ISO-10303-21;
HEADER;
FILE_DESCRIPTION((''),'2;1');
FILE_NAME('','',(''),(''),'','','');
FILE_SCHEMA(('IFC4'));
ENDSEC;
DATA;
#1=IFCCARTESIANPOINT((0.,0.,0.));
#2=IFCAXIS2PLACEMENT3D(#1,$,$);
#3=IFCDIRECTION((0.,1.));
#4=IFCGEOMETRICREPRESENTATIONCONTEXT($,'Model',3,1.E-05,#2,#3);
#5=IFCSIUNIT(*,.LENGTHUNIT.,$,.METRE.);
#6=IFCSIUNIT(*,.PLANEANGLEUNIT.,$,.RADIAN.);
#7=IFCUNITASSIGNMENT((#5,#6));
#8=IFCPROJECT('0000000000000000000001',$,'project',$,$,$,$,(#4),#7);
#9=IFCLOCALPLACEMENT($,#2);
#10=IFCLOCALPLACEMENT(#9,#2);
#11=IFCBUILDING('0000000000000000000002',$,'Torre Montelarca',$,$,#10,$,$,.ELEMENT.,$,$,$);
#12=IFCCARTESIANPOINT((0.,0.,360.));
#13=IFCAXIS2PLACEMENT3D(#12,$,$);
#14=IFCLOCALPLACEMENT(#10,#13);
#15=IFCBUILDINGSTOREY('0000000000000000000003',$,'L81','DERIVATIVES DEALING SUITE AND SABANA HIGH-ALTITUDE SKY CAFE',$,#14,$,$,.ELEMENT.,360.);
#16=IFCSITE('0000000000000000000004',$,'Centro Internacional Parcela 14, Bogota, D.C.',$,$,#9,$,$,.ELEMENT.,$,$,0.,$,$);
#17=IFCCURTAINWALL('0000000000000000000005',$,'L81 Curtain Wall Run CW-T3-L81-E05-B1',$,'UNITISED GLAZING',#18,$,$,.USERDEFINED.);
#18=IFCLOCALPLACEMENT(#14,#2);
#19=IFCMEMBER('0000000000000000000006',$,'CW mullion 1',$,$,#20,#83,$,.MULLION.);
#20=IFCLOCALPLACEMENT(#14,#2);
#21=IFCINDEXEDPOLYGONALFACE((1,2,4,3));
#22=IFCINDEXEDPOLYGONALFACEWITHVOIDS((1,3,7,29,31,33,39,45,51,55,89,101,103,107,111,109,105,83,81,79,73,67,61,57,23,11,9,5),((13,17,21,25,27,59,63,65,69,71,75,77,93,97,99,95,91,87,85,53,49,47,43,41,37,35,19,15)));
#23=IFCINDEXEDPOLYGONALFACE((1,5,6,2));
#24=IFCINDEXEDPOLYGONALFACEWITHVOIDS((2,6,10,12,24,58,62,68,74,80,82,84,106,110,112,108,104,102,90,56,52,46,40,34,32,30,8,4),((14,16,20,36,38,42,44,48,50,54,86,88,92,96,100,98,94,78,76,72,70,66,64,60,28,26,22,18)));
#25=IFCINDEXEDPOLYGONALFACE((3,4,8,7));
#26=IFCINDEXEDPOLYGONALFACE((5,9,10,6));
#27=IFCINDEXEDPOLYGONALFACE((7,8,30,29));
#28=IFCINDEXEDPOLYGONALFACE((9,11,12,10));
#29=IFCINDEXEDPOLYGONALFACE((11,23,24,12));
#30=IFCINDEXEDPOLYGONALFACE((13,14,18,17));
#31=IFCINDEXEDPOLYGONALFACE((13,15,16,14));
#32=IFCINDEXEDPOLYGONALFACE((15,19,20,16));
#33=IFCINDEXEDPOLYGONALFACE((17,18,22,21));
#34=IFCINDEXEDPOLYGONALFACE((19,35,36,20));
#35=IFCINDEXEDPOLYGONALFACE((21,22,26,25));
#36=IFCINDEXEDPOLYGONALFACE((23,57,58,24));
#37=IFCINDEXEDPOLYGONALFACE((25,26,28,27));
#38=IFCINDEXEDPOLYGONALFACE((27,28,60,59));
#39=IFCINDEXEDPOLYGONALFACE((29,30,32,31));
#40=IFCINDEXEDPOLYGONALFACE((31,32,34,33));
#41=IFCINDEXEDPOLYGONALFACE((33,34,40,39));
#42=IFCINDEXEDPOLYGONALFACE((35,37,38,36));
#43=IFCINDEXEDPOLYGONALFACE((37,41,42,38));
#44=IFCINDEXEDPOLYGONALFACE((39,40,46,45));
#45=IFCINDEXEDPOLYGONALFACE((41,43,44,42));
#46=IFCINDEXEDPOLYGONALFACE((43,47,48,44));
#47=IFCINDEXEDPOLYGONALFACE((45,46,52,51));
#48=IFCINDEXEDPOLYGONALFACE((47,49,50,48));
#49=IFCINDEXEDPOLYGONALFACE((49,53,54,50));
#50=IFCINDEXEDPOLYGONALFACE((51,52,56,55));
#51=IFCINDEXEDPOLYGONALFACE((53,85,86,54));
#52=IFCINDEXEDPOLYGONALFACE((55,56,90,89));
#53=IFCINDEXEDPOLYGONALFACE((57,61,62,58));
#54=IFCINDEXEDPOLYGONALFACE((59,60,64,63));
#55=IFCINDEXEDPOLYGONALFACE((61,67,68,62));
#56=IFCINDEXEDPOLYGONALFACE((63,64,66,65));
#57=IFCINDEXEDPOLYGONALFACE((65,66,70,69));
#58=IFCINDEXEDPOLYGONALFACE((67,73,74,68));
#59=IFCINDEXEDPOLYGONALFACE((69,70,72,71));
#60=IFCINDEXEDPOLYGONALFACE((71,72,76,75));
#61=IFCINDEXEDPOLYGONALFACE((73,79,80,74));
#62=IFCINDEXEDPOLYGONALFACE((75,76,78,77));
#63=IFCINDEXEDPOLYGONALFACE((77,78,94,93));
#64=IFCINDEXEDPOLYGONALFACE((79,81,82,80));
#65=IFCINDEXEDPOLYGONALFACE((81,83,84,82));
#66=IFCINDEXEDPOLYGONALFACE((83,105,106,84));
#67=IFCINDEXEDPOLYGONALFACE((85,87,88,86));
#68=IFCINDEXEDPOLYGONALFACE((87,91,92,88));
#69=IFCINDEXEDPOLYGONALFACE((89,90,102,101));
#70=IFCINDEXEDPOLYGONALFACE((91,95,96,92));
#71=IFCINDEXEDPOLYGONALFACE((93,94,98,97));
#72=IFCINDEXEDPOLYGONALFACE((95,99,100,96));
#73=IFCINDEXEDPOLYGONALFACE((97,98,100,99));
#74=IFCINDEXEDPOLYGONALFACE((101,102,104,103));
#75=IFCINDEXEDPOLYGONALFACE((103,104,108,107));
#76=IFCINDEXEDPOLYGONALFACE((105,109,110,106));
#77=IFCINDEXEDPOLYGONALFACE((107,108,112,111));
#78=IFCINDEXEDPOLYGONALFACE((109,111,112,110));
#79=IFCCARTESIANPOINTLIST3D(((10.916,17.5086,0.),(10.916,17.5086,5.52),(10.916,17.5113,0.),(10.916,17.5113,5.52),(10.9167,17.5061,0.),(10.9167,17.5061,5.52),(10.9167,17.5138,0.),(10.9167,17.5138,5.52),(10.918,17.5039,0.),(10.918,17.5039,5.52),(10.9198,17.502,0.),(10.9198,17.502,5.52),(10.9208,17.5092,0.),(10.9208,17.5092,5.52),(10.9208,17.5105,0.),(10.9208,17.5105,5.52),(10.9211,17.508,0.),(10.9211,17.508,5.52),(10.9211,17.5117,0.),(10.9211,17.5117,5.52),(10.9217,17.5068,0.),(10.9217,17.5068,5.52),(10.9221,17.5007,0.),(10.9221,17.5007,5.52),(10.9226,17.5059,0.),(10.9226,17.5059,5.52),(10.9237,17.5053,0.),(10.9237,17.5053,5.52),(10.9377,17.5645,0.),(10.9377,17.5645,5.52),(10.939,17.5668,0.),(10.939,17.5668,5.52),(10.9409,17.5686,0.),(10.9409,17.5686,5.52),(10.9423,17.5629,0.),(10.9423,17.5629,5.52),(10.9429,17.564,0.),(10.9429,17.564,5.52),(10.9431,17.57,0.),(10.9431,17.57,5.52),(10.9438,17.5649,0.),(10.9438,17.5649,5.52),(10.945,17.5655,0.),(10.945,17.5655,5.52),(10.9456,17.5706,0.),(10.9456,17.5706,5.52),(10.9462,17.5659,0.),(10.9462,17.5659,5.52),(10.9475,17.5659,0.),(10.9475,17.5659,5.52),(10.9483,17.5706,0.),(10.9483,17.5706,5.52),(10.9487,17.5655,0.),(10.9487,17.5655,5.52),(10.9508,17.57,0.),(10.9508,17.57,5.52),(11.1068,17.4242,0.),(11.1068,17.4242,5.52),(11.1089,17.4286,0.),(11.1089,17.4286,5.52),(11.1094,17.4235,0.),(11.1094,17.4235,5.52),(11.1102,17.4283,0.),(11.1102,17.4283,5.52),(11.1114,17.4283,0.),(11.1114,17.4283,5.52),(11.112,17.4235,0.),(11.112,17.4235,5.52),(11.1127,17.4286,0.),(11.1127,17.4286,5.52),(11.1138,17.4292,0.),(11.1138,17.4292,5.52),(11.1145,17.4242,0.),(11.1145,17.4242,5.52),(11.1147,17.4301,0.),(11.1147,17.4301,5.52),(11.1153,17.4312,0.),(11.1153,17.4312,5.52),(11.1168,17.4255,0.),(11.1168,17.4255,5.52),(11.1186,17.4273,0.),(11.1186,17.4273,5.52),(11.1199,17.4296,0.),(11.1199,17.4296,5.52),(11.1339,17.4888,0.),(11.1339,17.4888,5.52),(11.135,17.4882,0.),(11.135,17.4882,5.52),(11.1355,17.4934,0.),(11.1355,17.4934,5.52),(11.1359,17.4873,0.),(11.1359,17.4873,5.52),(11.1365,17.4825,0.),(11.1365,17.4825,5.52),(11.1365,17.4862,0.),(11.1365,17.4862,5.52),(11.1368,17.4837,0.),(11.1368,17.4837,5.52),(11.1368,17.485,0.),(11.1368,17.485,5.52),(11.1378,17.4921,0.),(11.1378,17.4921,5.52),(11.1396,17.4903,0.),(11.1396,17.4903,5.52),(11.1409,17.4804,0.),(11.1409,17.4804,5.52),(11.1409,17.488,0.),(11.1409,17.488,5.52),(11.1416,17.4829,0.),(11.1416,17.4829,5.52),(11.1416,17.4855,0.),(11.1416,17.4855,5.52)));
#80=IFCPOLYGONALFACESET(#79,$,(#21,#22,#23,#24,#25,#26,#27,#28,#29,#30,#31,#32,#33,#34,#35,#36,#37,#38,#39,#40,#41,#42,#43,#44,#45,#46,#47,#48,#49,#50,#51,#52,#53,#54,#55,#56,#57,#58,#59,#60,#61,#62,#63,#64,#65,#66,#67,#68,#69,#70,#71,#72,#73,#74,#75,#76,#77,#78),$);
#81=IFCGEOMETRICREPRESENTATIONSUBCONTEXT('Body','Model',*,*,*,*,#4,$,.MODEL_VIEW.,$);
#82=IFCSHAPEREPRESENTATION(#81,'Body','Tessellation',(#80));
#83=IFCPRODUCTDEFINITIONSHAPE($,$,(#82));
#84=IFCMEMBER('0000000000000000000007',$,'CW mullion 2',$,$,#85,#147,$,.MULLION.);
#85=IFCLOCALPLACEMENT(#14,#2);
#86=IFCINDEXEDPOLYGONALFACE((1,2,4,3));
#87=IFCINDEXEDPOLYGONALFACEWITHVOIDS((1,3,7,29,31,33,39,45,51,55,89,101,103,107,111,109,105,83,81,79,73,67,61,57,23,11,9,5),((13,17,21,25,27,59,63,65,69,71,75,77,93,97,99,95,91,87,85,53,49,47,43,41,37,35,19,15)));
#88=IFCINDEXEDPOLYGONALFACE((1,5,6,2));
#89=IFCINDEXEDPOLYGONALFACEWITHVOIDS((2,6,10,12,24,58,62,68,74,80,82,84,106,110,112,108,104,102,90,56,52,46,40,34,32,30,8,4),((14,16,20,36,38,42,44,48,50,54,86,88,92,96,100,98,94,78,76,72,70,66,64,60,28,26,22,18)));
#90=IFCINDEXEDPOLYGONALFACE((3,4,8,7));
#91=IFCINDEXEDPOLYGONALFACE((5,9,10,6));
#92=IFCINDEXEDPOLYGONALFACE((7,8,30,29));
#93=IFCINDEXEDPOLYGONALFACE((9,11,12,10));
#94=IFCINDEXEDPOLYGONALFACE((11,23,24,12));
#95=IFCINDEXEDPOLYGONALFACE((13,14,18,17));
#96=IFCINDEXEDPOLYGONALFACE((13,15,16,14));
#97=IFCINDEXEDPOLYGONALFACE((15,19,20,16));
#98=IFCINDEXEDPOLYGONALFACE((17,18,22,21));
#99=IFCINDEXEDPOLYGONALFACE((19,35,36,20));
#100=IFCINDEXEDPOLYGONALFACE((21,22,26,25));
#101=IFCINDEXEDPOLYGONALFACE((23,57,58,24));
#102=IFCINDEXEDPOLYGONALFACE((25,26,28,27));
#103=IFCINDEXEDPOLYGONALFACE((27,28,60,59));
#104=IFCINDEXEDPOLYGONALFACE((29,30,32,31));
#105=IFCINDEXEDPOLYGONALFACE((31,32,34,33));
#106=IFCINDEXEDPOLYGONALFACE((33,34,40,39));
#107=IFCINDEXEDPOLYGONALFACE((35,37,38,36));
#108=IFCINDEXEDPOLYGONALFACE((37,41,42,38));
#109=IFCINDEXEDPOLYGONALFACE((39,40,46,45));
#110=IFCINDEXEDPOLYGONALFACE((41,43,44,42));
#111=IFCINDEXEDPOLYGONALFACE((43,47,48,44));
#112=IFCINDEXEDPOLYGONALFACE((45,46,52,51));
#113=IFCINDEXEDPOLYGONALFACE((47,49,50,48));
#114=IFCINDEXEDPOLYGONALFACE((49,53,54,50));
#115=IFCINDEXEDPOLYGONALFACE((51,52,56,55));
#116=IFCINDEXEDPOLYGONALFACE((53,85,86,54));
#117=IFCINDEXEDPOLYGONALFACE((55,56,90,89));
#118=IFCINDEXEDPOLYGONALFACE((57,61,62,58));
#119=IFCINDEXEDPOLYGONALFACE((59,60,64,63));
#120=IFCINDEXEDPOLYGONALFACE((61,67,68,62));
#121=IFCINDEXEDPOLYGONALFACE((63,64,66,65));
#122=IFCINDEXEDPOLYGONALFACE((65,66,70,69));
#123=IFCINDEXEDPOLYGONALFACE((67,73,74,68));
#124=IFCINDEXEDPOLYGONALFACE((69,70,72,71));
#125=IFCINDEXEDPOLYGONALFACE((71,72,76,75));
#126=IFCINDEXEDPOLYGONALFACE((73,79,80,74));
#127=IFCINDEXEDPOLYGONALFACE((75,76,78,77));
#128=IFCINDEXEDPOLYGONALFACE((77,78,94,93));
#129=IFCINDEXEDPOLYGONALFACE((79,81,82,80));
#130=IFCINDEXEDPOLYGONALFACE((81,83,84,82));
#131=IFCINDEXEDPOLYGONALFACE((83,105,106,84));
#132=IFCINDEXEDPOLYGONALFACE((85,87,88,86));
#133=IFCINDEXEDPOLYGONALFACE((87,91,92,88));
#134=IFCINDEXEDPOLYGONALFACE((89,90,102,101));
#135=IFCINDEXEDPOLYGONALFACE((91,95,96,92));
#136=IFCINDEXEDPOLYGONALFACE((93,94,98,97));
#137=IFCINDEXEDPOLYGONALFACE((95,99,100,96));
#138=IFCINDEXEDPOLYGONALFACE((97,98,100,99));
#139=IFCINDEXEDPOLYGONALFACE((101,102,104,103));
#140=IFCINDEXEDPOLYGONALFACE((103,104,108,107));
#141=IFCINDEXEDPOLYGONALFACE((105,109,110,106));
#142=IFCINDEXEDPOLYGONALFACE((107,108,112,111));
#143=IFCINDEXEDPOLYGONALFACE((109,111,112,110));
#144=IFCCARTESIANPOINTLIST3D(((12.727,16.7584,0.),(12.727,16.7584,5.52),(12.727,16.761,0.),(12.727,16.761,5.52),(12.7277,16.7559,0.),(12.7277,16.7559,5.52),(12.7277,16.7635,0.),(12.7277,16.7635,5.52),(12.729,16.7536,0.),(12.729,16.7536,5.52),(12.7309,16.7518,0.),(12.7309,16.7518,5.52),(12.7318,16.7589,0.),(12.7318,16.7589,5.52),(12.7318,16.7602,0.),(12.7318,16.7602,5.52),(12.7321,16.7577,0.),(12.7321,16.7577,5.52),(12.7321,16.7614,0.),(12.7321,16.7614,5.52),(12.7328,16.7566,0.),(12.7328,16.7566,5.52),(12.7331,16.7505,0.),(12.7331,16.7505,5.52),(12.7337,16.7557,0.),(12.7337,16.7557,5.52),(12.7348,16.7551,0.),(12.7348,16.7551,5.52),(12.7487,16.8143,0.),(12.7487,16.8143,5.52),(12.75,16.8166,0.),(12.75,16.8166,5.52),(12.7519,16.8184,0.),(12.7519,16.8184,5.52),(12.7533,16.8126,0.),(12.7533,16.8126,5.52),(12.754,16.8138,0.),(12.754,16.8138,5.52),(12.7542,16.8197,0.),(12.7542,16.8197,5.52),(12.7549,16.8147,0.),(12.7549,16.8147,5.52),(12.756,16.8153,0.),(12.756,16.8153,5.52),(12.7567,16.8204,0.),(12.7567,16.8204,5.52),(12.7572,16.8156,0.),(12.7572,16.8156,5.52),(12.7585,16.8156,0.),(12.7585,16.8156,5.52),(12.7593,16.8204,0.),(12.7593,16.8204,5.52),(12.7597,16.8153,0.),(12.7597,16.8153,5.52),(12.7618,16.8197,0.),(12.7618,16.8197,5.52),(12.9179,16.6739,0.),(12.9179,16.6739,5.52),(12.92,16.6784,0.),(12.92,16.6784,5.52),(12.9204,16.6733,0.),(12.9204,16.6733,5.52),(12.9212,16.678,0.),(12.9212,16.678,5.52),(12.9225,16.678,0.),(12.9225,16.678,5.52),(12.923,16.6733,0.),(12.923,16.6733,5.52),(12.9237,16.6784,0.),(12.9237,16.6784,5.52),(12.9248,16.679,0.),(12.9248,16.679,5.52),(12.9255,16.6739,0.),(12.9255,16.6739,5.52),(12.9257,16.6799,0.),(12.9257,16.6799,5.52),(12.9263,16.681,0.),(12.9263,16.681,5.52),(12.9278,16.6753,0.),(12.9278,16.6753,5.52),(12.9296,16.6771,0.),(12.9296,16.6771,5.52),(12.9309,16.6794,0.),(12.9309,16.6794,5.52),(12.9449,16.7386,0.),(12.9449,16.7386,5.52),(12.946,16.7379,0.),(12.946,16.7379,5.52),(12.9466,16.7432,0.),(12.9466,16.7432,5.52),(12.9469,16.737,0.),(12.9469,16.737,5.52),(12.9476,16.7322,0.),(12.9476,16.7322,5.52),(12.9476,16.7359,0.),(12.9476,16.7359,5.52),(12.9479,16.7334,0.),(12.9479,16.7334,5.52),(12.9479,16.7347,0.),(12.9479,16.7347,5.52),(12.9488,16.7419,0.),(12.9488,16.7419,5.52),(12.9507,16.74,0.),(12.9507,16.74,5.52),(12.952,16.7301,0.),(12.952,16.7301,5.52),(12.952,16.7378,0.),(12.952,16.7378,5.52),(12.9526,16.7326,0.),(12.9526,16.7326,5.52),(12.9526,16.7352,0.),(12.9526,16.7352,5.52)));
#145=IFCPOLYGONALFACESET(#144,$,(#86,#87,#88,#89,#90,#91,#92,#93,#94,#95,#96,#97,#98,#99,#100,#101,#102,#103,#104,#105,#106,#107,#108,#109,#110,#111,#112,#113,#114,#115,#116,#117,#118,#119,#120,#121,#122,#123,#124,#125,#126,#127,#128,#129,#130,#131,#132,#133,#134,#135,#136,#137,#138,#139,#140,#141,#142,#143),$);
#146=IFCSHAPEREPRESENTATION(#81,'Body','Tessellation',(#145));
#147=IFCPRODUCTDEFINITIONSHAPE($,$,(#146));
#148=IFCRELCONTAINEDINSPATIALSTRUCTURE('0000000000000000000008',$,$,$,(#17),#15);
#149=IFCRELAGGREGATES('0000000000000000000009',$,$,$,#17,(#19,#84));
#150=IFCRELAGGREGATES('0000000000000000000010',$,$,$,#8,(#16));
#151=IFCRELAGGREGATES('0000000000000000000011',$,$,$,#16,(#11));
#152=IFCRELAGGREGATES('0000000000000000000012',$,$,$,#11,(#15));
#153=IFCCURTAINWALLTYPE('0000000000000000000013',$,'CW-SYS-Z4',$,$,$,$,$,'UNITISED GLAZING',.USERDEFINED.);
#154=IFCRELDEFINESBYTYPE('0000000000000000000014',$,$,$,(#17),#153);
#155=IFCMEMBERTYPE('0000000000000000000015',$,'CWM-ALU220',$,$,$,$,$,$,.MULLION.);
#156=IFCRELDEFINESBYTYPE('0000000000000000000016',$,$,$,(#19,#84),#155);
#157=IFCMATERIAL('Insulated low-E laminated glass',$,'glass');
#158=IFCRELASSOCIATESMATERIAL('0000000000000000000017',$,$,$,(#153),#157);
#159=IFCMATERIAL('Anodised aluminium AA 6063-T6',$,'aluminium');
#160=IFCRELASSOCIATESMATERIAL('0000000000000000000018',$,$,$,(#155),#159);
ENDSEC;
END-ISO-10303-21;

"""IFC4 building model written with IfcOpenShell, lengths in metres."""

from ifc_helpers import new_model, si_unit, direction, frame, origin, origin_2d, place, context, subcontext, project, spatial, hollow_rectangle, extrude, source, transform, mapped, material, material_profile, profile_set, type_object, element, aggregate, save


model = new_model("IFC4")

# Units and contexts
model_context = context("Model", 3, precision=1e-05, world=origin(), true_north=direction((0.0, 1.0)))
body_context = subcontext(model_context, "Body", "Model", "MODEL_VIEW")
ifc_project = project(units=[si_unit("LENGTHUNIT", "METRE"), si_unit("PLANEANGLEUNIT", "RADIAN")], contexts=[model_context])

# Site, building, storey
site_placement = place(None, origin())
site = spatial("IfcSite", under=ifc_project, at=site_placement, Name="Centro Internacional Parcela 14, Bogota, D.C.", CompositionType="ELEMENT", RefElevation=0.0)
building_placement = place(site_placement, origin())
building = spatial("IfcBuilding", under=site, at=building_placement, Name="Torre Montelarca", CompositionType="ELEMENT")
storey_placement = place(building_placement, frame((0.0, 0.0, 360.0)))
storey = spatial("IfcBuildingStorey", under=building, at=storey_placement, Name="L81", Description="DERIVATIVES DEALING SUITE AND SABANA HIGH-ALTITUDE SKY CAFE", CompositionType="ELEMENT", Elevation=360.0)

# Curtain wall, members
ifc_material_1 = material(Name="Insulated low-E laminated glass", Category="glass")
curtain_wall_type = type_object("IfcCurtainWallType", Name="CW-SYS-Z4", ElementType="UNITISED GLAZING", PredefinedType="USERDEFINED", material=ifc_material_1)
curtain_wall_1_placement = place(storey_placement, origin())
curtain_wall_1 = element("IfcCurtainWall", 1, at=curtain_wall_1_placement, inside=storey, type_object=curtain_wall_type, Name="L81 Curtain Wall Run CW-T3-L81-E05-B1", ObjectType="UNITISED GLAZING", PredefinedType="USERDEFINED")
ifc_material_2 = material(Name="Anodised aluminium AA 6063-T6", Category="aluminium")
ifc_material_profile_1 = material_profile(ifc_material_2, hollow_rectangle(XDim=0.075, YDim=0.22, WallThickness=0.0049, InnerFilletRadius=0.0049, OuterFilletRadius=0.01, at=origin_2d()), Name="ALU75X220X5", Category="aluminium")
ifc_profile_set_1 = profile_set([ifc_material_profile_1], Name="Anodised aluminium AA 6063-T6")
member_type_1 = type_object("IfcMemberType", Name="CWM-ALU220", PredefinedType="MULLION", material=ifc_profile_set_1)
shared_shape_1 = source(origin(), body_context, "Body", "SweptSolid", [
    extrude(hollow_rectangle(XDim=0.075, YDim=0.22, WallThickness=0.0049, InnerFilletRadius=0.0049, OuterFilletRadius=0.01, at=origin_2d()), origin(), (0.0, 0.0, 1.0), 5.52),
])
member_1_placement = place(storey_placement, frame((11.0288, 17.4971, 0.0), z_axis=(0.0, 0.0, 1.0), x_axis=(0.382681, 0.92388, 0.0)))
member_1 = element("IfcMember", 2, at=member_1_placement, type_object=member_type_1, Name="CW mullion 1", PredefinedType="MULLION", context=body_context, shape_type="MappedRepresentation", body=[
    mapped(shared_shape_1, transform((0.0, 0.0, 0.0), scale=1.0)),
])
member_2_placement = place(storey_placement, frame((12.8398, 16.7468, 0.0), z_axis=(0.0, 0.0, 1.0), x_axis=(0.382681, 0.92388, 0.0)))
member_2 = element("IfcMember", 3, at=member_2_placement, type_object=member_type_1, Name="CW mullion 2", PredefinedType="MULLION", context=body_context, shape_type="MappedRepresentation", body=[
    mapped(shared_shape_1, transform((0.0, 0.0, 0.0), scale=1.0)),
])

aggregate(curtain_wall_1, [member_1, member_2])

save(model, "model.ifc")
